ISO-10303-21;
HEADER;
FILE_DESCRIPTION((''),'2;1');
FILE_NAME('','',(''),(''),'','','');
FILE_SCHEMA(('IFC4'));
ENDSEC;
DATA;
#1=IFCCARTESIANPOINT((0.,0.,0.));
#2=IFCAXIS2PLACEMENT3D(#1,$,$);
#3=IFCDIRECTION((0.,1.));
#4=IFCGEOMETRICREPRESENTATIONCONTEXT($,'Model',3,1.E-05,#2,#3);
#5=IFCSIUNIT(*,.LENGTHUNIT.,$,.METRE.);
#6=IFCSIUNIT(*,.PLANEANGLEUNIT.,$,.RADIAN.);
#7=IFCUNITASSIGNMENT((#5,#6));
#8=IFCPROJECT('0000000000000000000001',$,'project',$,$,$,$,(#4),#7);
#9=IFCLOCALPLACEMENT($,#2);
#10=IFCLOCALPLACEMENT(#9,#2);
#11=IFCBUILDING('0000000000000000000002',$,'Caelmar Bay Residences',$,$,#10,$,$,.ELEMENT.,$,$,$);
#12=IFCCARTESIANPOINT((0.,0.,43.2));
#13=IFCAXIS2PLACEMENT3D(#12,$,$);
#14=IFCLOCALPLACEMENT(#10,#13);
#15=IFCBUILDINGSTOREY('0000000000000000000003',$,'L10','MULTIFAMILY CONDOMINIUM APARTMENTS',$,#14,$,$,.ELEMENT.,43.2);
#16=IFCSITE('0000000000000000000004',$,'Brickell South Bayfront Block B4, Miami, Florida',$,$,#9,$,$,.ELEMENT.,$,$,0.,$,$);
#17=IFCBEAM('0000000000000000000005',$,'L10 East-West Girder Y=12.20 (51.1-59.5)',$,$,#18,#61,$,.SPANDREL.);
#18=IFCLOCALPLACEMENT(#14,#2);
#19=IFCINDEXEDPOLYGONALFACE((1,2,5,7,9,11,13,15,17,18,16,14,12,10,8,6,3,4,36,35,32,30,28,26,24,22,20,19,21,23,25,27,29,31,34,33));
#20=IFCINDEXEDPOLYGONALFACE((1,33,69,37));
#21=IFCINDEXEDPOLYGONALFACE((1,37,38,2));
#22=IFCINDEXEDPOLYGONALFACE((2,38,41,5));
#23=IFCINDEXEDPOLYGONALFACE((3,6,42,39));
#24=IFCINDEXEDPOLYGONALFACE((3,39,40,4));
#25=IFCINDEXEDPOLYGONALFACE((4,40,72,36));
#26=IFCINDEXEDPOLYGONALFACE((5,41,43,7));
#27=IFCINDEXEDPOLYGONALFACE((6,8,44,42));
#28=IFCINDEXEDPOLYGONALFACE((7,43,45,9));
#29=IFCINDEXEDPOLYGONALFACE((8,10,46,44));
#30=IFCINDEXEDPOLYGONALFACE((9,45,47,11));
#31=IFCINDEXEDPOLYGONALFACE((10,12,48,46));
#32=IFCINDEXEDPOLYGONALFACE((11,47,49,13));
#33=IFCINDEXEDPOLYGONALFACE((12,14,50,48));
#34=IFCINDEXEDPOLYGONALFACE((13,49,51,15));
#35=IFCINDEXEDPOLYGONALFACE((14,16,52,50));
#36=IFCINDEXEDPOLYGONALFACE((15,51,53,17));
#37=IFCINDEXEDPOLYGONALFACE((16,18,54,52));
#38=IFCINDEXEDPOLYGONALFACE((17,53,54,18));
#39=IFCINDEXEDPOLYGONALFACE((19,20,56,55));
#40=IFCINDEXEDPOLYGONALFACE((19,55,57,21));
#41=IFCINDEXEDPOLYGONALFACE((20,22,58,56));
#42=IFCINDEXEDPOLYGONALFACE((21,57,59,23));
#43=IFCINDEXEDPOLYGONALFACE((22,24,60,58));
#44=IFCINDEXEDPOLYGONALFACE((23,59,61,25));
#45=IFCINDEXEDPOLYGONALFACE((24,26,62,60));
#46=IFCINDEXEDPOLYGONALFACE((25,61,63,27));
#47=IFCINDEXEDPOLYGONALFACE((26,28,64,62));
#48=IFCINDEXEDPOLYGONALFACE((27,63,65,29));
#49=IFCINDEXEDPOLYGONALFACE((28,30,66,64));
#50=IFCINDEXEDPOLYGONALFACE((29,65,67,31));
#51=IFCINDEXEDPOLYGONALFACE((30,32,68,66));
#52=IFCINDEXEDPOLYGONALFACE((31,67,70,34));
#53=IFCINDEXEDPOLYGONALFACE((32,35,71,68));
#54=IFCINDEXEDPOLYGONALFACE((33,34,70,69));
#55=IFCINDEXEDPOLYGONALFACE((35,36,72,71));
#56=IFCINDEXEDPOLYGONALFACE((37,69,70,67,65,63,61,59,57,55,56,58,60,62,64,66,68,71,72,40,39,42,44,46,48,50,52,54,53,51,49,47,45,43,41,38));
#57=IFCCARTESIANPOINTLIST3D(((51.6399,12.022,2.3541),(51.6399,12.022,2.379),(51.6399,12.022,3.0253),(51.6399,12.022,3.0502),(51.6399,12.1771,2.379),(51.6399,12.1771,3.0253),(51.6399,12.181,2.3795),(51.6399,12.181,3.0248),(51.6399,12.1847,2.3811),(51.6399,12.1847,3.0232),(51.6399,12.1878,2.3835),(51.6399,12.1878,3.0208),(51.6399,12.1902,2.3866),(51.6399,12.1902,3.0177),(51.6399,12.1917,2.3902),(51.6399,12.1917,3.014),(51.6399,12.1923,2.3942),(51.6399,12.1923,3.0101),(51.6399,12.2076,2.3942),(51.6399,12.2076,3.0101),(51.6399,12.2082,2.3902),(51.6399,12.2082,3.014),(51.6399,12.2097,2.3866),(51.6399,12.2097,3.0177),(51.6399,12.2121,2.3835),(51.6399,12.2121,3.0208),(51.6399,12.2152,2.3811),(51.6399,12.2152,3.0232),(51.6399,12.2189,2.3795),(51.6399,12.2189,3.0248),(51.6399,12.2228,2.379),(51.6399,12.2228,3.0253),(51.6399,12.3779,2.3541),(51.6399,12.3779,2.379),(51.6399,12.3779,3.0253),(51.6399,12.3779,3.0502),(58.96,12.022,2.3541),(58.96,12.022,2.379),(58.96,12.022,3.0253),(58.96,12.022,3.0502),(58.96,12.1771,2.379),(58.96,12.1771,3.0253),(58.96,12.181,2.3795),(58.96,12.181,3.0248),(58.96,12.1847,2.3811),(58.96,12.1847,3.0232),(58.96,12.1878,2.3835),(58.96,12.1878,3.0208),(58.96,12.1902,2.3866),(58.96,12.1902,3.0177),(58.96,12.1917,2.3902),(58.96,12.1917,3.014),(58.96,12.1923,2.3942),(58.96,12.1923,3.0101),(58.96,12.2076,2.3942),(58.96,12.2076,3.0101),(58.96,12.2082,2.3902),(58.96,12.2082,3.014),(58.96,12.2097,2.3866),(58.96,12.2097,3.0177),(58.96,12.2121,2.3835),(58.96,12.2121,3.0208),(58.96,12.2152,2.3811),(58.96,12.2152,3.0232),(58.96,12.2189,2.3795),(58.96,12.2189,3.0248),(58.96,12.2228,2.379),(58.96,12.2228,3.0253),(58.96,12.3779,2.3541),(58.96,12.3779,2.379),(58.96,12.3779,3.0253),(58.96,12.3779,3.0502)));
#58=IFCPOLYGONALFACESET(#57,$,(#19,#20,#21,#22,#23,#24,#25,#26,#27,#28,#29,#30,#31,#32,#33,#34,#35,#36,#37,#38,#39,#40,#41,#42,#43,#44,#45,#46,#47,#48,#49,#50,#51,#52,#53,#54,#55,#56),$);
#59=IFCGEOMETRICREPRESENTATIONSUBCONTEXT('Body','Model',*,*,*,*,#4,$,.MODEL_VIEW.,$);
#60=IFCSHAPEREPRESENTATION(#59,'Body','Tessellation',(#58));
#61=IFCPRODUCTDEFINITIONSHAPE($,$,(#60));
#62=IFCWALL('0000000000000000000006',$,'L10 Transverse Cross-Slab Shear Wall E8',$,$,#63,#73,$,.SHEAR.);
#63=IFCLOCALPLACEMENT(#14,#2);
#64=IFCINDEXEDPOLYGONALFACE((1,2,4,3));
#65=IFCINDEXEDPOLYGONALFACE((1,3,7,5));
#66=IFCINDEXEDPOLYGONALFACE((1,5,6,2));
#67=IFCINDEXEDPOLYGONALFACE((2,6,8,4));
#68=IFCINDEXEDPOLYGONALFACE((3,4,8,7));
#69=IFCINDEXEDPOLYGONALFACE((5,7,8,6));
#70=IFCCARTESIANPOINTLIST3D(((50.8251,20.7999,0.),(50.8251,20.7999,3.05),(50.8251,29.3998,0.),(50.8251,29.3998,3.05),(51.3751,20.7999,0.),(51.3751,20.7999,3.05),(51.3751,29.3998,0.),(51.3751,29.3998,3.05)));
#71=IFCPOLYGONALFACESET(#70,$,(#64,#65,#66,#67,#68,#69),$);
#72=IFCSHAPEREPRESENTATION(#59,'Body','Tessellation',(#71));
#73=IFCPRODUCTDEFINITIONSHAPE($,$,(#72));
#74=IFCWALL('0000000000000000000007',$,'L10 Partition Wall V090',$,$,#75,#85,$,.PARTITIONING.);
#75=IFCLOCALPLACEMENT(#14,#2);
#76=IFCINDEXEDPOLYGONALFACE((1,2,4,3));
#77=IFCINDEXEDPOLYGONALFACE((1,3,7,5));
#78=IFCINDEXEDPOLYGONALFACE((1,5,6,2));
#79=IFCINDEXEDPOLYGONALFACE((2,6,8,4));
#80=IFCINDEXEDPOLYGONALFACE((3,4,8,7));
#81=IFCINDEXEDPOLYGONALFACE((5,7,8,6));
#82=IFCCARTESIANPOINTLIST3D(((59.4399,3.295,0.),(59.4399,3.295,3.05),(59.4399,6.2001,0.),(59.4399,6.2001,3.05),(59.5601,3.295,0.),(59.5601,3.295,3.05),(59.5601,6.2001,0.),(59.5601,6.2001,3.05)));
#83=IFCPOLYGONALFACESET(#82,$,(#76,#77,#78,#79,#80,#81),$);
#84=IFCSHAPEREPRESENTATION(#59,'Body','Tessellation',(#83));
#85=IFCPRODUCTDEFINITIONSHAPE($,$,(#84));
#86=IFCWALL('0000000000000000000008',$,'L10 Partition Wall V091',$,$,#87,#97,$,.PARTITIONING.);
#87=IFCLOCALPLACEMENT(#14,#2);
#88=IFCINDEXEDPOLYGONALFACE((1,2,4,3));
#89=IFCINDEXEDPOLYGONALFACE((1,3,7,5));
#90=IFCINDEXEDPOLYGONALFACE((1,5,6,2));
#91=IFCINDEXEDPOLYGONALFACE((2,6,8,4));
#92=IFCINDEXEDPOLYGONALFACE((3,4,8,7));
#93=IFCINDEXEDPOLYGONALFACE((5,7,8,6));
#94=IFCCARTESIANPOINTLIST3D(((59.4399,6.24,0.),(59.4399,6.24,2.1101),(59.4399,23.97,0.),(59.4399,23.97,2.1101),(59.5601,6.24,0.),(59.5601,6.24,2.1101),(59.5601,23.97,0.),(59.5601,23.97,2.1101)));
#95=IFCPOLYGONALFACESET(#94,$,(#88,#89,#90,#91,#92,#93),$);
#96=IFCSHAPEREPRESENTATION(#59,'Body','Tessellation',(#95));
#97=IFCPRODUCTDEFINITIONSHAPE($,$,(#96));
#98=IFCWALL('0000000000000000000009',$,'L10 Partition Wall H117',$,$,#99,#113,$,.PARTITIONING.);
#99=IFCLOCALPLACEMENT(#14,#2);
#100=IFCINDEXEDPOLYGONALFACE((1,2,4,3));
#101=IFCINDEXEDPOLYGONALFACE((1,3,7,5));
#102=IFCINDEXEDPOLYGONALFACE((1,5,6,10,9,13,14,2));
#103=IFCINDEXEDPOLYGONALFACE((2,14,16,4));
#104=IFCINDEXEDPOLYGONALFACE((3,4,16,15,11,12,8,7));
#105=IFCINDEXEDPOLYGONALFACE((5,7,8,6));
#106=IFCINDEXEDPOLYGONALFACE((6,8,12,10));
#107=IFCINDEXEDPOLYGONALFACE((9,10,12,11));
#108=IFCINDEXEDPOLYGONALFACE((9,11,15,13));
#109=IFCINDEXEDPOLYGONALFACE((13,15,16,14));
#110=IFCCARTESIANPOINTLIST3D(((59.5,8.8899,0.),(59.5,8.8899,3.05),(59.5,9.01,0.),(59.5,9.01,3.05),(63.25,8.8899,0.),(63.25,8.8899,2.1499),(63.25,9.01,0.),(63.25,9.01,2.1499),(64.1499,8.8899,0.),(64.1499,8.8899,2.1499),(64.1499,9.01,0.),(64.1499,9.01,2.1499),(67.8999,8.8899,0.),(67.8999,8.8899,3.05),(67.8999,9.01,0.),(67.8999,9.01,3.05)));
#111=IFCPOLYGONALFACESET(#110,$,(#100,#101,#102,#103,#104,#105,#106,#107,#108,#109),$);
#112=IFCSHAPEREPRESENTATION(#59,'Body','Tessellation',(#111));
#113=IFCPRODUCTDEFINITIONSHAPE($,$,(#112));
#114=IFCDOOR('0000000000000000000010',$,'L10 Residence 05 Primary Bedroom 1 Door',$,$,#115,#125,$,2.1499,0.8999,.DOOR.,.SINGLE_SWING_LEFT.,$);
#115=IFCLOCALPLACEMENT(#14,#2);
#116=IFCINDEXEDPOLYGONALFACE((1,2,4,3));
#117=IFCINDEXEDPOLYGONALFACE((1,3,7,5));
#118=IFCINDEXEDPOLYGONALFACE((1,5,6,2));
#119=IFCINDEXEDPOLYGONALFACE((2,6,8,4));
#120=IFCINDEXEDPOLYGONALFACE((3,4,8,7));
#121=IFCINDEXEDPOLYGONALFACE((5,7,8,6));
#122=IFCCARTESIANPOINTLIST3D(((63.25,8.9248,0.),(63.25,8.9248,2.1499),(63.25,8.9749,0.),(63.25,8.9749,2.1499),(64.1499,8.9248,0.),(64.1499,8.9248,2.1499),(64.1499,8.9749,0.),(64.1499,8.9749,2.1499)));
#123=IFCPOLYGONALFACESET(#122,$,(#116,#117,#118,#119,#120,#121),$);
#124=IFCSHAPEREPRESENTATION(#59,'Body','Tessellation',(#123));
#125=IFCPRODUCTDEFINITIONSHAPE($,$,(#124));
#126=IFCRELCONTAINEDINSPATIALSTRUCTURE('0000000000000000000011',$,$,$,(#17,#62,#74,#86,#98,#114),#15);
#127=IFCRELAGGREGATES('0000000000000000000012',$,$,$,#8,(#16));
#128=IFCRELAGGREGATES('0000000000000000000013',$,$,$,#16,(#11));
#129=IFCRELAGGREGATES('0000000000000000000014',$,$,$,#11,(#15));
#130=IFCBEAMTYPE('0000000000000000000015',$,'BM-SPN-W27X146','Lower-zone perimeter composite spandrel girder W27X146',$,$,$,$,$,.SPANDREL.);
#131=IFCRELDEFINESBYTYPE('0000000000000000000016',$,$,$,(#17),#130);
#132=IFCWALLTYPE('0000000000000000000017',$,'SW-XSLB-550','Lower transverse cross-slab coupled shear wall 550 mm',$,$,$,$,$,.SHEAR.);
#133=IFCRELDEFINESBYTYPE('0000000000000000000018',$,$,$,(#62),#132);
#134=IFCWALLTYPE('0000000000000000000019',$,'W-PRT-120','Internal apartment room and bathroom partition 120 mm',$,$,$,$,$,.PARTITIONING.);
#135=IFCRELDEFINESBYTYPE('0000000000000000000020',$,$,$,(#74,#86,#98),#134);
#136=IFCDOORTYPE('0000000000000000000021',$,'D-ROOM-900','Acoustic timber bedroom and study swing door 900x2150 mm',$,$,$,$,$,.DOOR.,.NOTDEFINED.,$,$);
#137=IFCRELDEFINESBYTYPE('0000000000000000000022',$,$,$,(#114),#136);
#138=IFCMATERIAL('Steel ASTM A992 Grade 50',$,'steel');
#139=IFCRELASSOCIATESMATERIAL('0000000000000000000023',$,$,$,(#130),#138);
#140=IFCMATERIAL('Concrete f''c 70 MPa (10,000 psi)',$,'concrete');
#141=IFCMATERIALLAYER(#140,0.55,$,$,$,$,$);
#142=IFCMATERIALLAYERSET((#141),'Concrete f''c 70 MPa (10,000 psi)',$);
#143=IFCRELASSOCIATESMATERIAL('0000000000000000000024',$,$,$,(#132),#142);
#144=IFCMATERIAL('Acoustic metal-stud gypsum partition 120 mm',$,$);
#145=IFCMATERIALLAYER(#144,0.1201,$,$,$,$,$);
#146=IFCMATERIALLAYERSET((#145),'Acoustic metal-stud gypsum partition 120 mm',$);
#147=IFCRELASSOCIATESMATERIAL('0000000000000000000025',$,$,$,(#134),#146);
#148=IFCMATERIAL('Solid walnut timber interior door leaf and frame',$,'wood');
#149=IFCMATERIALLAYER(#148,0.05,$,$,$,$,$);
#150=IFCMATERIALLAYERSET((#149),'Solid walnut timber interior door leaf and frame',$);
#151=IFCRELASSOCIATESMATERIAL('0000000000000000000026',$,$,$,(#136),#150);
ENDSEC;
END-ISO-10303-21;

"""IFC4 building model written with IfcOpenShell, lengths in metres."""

from ifc_helpers import new_model, si_unit, direction, frame, frame_2d, origin, origin_2d, place, context, subcontext, project, spatial, rectangle, i_section, extrude, material, layer, layer_set, material_profile, profile_set, type_object, element, fill, save


model = new_model("IFC4")

# Units and contexts
model_context = context("Model", 3, precision=1e-05, world=origin(), true_north=direction((0.0, 1.0)))
body_context = subcontext(model_context, "Body", "Model", "MODEL_VIEW")
ifc_project = project(units=[si_unit("LENGTHUNIT", "METRE"), si_unit("PLANEANGLEUNIT", "RADIAN")], contexts=[model_context])

# Site, building, storey
site_placement = place(None, origin())
site = spatial("IfcSite", under=ifc_project, at=site_placement, Name="Brickell South Bayfront Block B4, Miami, Florida", CompositionType="ELEMENT", RefElevation=0.0)
building_placement = place(site_placement, origin())
building = spatial("IfcBuilding", under=site, at=building_placement, Name="Caelmar Bay Residences", CompositionType="ELEMENT")
storey_placement = place(building_placement, frame((0.0, 0.0, 43.2)))
storey = spatial("IfcBuildingStorey", under=building, at=storey_placement, Name="L10", Description="MULTIFAMILY CONDOMINIUM APARTMENTS", CompositionType="ELEMENT", Elevation=43.2)

# Shared definitions
ifc_material_1 = material(Name="Concrete f'c 70 MPa (10,000 psi)", Category="concrete")

# Beam
ifc_material_2 = material(Name="Steel ASTM A992 Grade 50", Category="steel")
ifc_material_profile_1 = material_profile(ifc_material_2, i_section(OverallWidth=0.356, OverallDepth=0.696, WebThickness=0.0154, FlangeThickness=0.0249, FilletRadius=0.0151, at=origin_2d()), Name="W27X146")
ifc_profile_set_1 = profile_set([ifc_material_profile_1], Name="Steel ASTM A992 Grade 50")
beam_type_1 = type_object("IfcBeamType", Name="BM-SPN-W27X146", Description="Lower-zone perimeter composite spandrel girder W27X146", PredefinedType="SPANDREL", material=ifc_profile_set_1)
beam_1_placement = place(storey_placement, frame((51.6399, 12.2, 2.7021), z_axis=(1.0, 0.0, 0.0), x_axis=(0.0, 1.0, 0.0)))
element("IfcBeam", 1, at=beam_1_placement, inside=storey, type_object=beam_type_1, Name="L10 East-West Girder Y=12.20 (51.1-59.5)", PredefinedType="SPANDREL", context=body_context, shape_type="SweptSolid", body=[
    extrude(i_section(OverallWidth=0.356, OverallDepth=0.696, WebThickness=0.0154, FlangeThickness=0.0249, FilletRadius=0.0151, at=origin_2d()), origin(), (0.0, 0.0, 1.0), 7.3201),
])

# Walls
ifc_layer_1 = layer(ifc_material_1, 0.55)
ifc_layer_set_1 = layer_set([ifc_layer_1], Name="Concrete f'c 70 MPa (10,000 psi)")
wall_type_1 = type_object("IfcWallType", Name="SW-XSLB-550", Description="Lower transverse cross-slab coupled shear wall 550 mm", PredefinedType="SHEAR", material=ifc_layer_set_1)
wall_1_placement = place(storey_placement, frame((51.1001, 20.8, 0.0), z_axis=(0.0, 0.0, 1.0), x_axis=(0.0, 1.0, 0.0)))
element("IfcWall", 2, at=wall_1_placement, inside=storey, type_object=wall_type_1, Name="L10 Transverse Cross-Slab Shear Wall E8", PredefinedType="SHEAR", context=body_context, shape_type="SweptSolid", body=[
    extrude(rectangle(XDim=8.5999, YDim=0.55, at=frame_2d((4.2998, 0.0))), origin(), (0.0, 0.0, 1.0), 3.05),
])
ifc_material_3 = material(Name="Acoustic metal-stud gypsum partition 120 mm")
ifc_layer_2 = layer(ifc_material_3, 0.1201)
ifc_layer_set_2 = layer_set([ifc_layer_2], Name="Acoustic metal-stud gypsum partition 120 mm")
wall_type_2 = type_object("IfcWallType", Name="W-PRT-120", Description="Internal apartment room and bathroom partition 120 mm", PredefinedType="PARTITIONING", material=ifc_layer_set_2)
wall_2_placement = place(storey_placement, frame((59.5, 3.2949, 0.0), z_axis=(0.0, 0.0, 1.0), x_axis=(0.0, 1.0, 0.0)))
element("IfcWall", 3, at=wall_2_placement, inside=storey, type_object=wall_type_2, Name="L10 Partition Wall V090", PredefinedType="PARTITIONING", context=body_context, shape_type="SweptSolid", body=[
    extrude(rectangle(XDim=2.905, YDim=0.1201, at=frame_2d((1.4526, 0.0))), origin(), (0.0, 0.0, 1.0), 3.05),
])
wall_3_placement = place(storey_placement, frame((59.5, 6.24, 0.0), z_axis=(0.0, 0.0, 1.0), x_axis=(0.0, 1.0, 0.0)))
element("IfcWall", 4, at=wall_3_placement, inside=storey, type_object=wall_type_2, Name="L10 Partition Wall V091", PredefinedType="PARTITIONING", context=body_context, shape_type="SweptSolid", body=[
    extrude(rectangle(XDim=17.73, YDim=0.1201, at=frame_2d((8.865, 0.0))), origin(), (0.0, 0.0, 1.0), 2.1101),
])

# Wall, opening, door
wall_4_placement = place(storey_placement, frame((59.5, 8.95, 0.0), z_axis=(0.0, 0.0, 1.0), x_axis=(1.0, 0.0, 0.0)))
wall_4 = element("IfcWall", 5, at=wall_4_placement, inside=storey, type_object=wall_type_2, Name="L10 Partition Wall H117", PredefinedType="PARTITIONING", context=body_context, shape_type="SweptSolid", body=[
    extrude(rectangle(XDim=8.3999, YDim=0.1201, at=frame_2d((4.2, 0.0))), origin(), (0.0, 0.0, 1.0), 3.05),
])
opening_placement = place(wall_4_placement, frame((3.75, 0.0, 0.0)))
opening = element("IfcOpeningElement", 6, at=opening_placement, cuts=wall_4, PredefinedType="OPENING", context=body_context, shape_type="SweptSolid", body=[
    extrude(rectangle(XDim=0.8999, YDim=2.1499, at=frame_2d((0.45, 1.075))), frame((0.0, 0.0701, 0.0), z_axis=(0.0, -1.0, 0.0), x_axis=(1.0, 0.0, 0.0)), (0.0, 0.0, 1.0), 0.1401),
])
ifc_material_4 = material(Name="Solid walnut timber interior door leaf and frame", Category="wood")
ifc_layer_3 = layer(ifc_material_4, 0.05)
ifc_layer_set_3 = layer_set([ifc_layer_3], Name="Solid walnut timber interior door leaf and frame")
door_type = type_object("IfcDoorType", Name="D-ROOM-900", Description="Acoustic timber bedroom and study swing door 900x2150 mm", OperationType="NOTDEFINED", PredefinedType="DOOR", material=ifc_layer_set_3)
door_placement = place(opening_placement, origin())
door = element("IfcDoor", 7, at=door_placement, inside=storey, type_object=door_type, Name="L10 Residence 05 Primary Bedroom 1 Door", OperationType="SINGLE_SWING_LEFT", OverallHeight=2.1499, OverallWidth=0.8999, PredefinedType="DOOR", context=body_context, shape_type="SweptSolid", body=[
    extrude(rectangle(XDim=0.8999, YDim=2.1499, at=frame_2d((0.45, 1.075))), frame((0.0, 0.0249, 0.0), z_axis=(0.0, -1.0, 0.0), x_axis=(1.0, 0.0, 0.0)), (0.0, 0.0, 1.0), 0.05),
])
fill(opening, door)

save(model, "model.ifc")
